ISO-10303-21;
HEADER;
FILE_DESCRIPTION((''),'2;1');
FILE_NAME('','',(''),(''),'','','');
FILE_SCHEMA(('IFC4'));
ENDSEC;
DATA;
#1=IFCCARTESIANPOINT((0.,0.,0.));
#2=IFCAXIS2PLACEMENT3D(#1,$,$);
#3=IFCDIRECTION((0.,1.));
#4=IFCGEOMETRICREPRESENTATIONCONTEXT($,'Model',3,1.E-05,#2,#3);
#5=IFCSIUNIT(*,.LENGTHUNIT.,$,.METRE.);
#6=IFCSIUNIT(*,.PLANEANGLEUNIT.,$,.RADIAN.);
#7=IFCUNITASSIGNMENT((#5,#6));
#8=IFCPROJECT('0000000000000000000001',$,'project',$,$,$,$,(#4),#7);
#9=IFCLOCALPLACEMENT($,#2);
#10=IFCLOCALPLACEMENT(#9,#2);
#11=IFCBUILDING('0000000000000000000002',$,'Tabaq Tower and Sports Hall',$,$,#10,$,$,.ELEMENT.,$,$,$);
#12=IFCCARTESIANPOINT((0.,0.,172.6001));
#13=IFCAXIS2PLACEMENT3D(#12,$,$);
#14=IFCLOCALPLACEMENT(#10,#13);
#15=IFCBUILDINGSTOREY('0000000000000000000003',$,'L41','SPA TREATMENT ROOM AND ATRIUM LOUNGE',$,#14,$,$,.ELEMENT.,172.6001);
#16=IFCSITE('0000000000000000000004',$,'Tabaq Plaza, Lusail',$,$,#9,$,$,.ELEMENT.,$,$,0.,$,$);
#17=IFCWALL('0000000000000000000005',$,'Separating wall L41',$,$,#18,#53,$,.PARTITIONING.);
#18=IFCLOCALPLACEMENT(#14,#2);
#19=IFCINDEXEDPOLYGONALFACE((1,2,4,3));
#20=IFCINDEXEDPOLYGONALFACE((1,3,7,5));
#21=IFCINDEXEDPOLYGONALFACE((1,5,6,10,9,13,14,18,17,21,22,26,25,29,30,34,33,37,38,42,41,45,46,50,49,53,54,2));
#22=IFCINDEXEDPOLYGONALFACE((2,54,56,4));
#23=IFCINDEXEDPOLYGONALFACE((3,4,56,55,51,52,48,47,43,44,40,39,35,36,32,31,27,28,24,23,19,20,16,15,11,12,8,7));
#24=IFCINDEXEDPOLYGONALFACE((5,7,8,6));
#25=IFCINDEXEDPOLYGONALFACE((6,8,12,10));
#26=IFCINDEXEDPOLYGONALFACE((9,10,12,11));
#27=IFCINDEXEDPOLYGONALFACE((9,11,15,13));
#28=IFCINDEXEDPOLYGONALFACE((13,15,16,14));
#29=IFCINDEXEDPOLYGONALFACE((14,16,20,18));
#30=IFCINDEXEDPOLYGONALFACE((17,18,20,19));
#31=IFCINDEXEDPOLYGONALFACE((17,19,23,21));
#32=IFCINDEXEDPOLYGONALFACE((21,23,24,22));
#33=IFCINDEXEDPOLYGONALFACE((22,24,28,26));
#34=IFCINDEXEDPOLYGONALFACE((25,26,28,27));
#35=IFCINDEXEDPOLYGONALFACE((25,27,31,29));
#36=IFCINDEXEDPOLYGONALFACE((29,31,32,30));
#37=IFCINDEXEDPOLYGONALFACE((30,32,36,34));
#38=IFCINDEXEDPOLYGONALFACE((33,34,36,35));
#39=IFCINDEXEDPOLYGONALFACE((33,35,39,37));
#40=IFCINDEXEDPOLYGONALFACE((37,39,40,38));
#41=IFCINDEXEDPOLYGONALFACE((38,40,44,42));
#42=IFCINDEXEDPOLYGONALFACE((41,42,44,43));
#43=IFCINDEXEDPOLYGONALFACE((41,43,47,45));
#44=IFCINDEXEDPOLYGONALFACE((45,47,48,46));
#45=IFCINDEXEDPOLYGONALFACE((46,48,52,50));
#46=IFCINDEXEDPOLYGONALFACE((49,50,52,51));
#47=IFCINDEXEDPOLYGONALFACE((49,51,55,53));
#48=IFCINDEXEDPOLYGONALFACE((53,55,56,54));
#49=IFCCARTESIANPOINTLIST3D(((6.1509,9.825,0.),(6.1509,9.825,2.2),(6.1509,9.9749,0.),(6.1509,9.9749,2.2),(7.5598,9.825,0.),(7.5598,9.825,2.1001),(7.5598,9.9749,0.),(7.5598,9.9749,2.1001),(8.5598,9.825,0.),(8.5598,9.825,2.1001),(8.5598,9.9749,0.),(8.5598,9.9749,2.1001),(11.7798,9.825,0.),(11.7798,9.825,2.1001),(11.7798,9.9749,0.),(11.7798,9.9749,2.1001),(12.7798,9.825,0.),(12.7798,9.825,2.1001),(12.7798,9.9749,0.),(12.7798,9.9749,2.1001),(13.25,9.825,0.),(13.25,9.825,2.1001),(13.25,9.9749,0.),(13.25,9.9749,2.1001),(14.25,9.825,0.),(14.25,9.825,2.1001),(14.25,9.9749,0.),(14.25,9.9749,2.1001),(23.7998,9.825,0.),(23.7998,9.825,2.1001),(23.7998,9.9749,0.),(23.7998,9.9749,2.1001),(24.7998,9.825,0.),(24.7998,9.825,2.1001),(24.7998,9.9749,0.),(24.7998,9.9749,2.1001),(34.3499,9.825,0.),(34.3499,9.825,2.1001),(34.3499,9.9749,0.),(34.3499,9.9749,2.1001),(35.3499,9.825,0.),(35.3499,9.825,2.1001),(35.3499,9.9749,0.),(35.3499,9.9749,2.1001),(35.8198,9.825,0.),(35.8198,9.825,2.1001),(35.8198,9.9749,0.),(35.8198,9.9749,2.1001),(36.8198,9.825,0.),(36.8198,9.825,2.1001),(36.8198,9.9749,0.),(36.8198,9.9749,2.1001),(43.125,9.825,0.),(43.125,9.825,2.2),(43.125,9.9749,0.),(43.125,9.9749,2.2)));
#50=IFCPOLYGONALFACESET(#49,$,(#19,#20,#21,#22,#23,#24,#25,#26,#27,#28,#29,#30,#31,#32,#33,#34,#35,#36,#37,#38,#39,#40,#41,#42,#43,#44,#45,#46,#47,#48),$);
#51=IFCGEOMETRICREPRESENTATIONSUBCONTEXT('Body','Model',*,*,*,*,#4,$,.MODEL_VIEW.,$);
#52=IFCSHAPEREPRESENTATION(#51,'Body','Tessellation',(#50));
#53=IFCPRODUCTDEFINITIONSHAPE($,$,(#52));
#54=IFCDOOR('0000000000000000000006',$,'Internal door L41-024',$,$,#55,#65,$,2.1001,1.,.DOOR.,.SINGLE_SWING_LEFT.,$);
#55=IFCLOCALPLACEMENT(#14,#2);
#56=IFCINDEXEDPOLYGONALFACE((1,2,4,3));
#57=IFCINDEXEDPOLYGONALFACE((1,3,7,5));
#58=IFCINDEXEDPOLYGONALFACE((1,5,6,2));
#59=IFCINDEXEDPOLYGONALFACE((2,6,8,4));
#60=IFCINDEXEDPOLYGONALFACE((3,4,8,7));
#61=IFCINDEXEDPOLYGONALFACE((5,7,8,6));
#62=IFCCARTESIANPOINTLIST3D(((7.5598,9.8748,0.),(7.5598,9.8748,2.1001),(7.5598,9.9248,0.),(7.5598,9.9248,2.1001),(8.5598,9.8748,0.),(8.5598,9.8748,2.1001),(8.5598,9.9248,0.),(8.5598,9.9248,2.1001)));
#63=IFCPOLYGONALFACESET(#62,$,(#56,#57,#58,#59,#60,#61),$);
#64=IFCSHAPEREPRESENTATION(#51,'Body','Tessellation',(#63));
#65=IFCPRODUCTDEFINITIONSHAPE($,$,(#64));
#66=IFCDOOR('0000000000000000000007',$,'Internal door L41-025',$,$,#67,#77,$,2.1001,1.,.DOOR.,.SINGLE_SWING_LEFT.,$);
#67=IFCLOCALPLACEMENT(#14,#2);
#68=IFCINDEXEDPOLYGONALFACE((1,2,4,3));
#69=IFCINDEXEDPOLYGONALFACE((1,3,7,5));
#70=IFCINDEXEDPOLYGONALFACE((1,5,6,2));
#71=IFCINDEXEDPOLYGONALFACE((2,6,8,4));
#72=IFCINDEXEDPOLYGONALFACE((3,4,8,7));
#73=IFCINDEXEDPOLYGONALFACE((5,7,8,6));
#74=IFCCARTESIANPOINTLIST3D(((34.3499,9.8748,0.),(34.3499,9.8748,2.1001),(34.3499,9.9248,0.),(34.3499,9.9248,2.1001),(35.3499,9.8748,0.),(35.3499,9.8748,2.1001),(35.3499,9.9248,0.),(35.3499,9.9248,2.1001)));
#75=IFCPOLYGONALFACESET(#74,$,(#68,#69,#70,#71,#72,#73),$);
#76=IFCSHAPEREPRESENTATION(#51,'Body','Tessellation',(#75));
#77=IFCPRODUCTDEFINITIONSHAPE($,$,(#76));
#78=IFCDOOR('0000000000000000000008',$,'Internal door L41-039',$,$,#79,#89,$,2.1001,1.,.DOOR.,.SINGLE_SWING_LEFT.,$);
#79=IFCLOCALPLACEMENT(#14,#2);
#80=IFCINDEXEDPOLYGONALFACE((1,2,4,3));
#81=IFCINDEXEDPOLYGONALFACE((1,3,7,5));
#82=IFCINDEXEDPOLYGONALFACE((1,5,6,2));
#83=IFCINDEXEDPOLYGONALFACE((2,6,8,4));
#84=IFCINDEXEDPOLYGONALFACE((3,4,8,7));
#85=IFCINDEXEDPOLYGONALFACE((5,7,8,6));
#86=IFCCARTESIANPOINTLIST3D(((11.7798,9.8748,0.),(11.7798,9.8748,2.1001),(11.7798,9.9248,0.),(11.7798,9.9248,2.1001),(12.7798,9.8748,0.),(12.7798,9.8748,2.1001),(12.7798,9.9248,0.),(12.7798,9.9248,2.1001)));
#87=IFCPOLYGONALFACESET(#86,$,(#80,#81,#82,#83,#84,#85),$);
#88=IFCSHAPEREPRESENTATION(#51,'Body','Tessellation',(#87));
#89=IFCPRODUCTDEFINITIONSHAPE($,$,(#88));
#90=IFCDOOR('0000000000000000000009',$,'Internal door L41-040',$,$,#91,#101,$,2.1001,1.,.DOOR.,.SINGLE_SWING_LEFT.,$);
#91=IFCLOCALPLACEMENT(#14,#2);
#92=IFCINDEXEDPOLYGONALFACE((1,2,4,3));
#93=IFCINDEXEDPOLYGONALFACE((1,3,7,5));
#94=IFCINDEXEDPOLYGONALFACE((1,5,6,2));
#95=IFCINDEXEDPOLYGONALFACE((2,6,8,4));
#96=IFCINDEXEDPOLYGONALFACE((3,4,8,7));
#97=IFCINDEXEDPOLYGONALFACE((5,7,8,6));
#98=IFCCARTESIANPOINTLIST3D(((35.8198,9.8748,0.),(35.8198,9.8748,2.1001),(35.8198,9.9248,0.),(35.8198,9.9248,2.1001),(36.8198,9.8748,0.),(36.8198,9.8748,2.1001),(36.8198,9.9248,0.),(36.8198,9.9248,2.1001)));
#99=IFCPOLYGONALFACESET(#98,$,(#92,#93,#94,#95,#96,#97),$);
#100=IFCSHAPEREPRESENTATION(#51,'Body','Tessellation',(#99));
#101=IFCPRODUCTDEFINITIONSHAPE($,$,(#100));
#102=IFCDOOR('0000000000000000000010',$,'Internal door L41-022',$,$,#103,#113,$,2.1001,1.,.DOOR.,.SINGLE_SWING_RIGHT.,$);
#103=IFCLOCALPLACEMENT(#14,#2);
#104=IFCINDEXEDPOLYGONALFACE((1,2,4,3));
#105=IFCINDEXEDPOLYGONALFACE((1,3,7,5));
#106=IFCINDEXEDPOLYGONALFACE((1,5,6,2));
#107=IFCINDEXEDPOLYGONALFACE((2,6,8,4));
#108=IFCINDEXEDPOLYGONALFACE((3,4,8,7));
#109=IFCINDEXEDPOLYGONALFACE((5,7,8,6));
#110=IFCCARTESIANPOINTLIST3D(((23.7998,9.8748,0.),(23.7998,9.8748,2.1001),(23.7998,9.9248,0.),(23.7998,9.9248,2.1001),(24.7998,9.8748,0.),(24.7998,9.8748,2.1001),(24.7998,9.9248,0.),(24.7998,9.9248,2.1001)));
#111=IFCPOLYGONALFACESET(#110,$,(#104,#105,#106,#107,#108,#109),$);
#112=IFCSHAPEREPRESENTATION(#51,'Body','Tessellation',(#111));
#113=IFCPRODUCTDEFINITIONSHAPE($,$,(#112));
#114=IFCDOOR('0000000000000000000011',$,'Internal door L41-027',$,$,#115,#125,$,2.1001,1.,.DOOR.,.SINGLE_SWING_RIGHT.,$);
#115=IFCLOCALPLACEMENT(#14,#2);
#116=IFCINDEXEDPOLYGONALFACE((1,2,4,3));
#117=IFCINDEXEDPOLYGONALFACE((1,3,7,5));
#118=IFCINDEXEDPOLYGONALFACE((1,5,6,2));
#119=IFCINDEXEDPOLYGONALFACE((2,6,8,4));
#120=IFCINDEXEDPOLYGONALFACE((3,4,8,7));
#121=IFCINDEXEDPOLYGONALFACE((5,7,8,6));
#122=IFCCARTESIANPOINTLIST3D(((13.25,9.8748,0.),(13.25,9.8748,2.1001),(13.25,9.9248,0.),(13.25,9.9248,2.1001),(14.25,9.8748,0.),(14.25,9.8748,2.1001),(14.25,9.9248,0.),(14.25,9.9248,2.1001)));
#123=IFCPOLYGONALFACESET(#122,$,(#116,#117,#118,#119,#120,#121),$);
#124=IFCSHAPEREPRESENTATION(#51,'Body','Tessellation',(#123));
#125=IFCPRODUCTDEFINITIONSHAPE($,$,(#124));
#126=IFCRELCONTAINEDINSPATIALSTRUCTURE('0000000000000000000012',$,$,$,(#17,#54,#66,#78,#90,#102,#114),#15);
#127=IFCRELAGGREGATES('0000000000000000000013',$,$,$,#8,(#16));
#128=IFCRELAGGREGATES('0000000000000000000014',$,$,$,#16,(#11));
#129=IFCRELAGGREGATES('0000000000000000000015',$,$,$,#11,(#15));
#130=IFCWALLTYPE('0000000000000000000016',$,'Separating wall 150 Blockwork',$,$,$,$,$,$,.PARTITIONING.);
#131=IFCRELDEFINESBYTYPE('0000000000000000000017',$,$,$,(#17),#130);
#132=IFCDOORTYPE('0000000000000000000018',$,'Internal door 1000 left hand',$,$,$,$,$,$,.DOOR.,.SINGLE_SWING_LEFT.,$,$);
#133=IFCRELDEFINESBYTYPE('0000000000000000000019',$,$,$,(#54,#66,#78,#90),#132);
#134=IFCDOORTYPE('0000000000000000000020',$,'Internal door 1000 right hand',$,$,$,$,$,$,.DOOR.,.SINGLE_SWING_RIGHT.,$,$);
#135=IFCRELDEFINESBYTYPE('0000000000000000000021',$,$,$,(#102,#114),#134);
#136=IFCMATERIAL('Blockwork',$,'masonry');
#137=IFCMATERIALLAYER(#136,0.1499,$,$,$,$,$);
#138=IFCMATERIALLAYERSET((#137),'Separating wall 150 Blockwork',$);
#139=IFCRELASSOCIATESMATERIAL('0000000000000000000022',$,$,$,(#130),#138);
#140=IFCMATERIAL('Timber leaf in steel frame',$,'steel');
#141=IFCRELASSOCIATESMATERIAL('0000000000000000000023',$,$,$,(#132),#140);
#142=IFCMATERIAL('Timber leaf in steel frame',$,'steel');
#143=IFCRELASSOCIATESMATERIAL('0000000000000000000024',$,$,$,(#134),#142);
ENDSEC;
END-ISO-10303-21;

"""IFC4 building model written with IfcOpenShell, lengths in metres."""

from ifc_helpers import new_model, si_unit, direction, frame, frame_2d, origin, place, context, subcontext, project, spatial, rectangle, extrude, material, layer, layer_set, type_object, element, fill, save


model = new_model("IFC4")

# Units and contexts
model_context = context("Model", 3, precision=1e-05, world=origin(), true_north=direction((0.0, 1.0)))
body_context = subcontext(model_context, "Body", "Model", "MODEL_VIEW")
ifc_project = project(units=[si_unit("LENGTHUNIT", "METRE"), si_unit("PLANEANGLEUNIT", "RADIAN")], contexts=[model_context])

# Site, building, storey
site_placement = place(None, origin())
site = spatial("IfcSite", under=ifc_project, at=site_placement, Name="Tabaq Plaza, Lusail", CompositionType="ELEMENT", RefElevation=0.0)
building_placement = place(site_placement, origin())
building = spatial("IfcBuilding", under=site, at=building_placement, Name="Tabaq Tower and Sports Hall", CompositionType="ELEMENT")
storey_placement = place(building_placement, frame((0.0, 0.0, 172.6001)))
storey = spatial("IfcBuildingStorey", under=building, at=storey_placement, Name="L41", Description="SPA TREATMENT ROOM AND ATRIUM LOUNGE", CompositionType="ELEMENT", Elevation=172.6001)

# Wall, openings, doors
ifc_material_1 = material(Name="Blockwork", Category="masonry")
ifc_layer_1 = layer(ifc_material_1, 0.1499)
ifc_layer_set_1 = layer_set([ifc_layer_1], Name="Separating wall 150 Blockwork")
wall_type_1 = type_object("IfcWallType", Name="Separating wall 150 Blockwork", PredefinedType="PARTITIONING", material=ifc_layer_set_1)
wall_1_placement = place(storey_placement, frame((6.1509, 9.8999, 0.0), z_axis=(0.0, 0.0, 1.0), x_axis=(1.0, 0.0, 0.0)))
wall_1 = element("IfcWall", 1, at=wall_1_placement, inside=storey, type_object=wall_type_1, Name="Separating wall L41", PredefinedType="PARTITIONING", context=body_context, shape_type="SweptSolid", body=[
    extrude(rectangle(XDim=36.9741, YDim=0.1499, at=frame_2d((18.4871, 0.0))), origin(), (0.0, 0.0, 1.0), 2.2),
])
opening_1_placement = place(wall_1_placement, frame((17.6489, 0.0, 0.0)))
opening_1 = element("IfcOpeningElement", 2, at=opening_1_placement, cuts=wall_1, PredefinedType="OPENING", context=body_context, shape_type="SweptSolid", body=[
    extrude(rectangle(XDim=1.0, YDim=2.1001, at=frame_2d((0.5, 1.05))), frame((0.0, 0.075, 0.0), z_axis=(0.0, -1.0, 0.0), x_axis=(1.0, 0.0, 0.0)), (0.0, 0.0, 1.0), 0.1499),
])
opening_2_placement = place(wall_1_placement, frame((1.4089, 0.0, 0.0)))
opening_2 = element("IfcOpeningElement", 3, at=opening_2_placement, cuts=wall_1, PredefinedType="OPENING", context=body_context, shape_type="SweptSolid", body=[
    extrude(rectangle(XDim=1.0, YDim=2.1001, at=frame_2d((0.5, 1.05))), frame((0.0, 0.075, 0.0), z_axis=(0.0, -1.0, 0.0), x_axis=(1.0, 0.0, 0.0)), (0.0, 0.0, 1.0), 0.1499),
])
opening_3_placement = place(wall_1_placement, frame((28.199, 0.0, 0.0)))
opening_3 = element("IfcOpeningElement", 4, at=opening_3_placement, cuts=wall_1, PredefinedType="OPENING", context=body_context, shape_type="SweptSolid", body=[
    extrude(rectangle(XDim=1.0, YDim=2.1001, at=frame_2d((0.5, 1.05))), frame((0.0, 0.075, 0.0), z_axis=(0.0, -1.0, 0.0), x_axis=(1.0, 0.0, 0.0)), (0.0, 0.0, 1.0), 0.1499),
])
opening_4_placement = place(wall_1_placement, frame((7.0991, 0.0, 0.0)))
opening_4 = element("IfcOpeningElement", 5, at=opening_4_placement, cuts=wall_1, PredefinedType="OPENING", context=body_context, shape_type="SweptSolid", body=[
    extrude(rectangle(XDim=1.0, YDim=2.1001, at=frame_2d((0.5, 1.05))), frame((0.0, 0.075, 0.0), z_axis=(0.0, -1.0, 0.0), x_axis=(1.0, 0.0, 0.0)), (0.0, 0.0, 1.0), 0.1499),
])
opening_5_placement = place(wall_1_placement, frame((5.6289, 0.0, 0.0)))
opening_5 = element("IfcOpeningElement", 6, at=opening_5_placement, cuts=wall_1, PredefinedType="OPENING", context=body_context, shape_type="SweptSolid", body=[
    extrude(rectangle(XDim=1.0, YDim=2.1001, at=frame_2d((0.5, 1.05))), frame((0.0, 0.075, 0.0), z_axis=(0.0, -1.0, 0.0), x_axis=(1.0, 0.0, 0.0)), (0.0, 0.0, 1.0), 0.1499),
])
opening_6_placement = place(wall_1_placement, frame((29.6689, 0.0, 0.0)))
opening_6 = element("IfcOpeningElement", 7, at=opening_6_placement, cuts=wall_1, PredefinedType="OPENING", context=body_context, shape_type="SweptSolid", body=[
    extrude(rectangle(XDim=1.0, YDim=2.1001, at=frame_2d((0.5, 1.05))), frame((0.0, 0.075, 0.0), z_axis=(0.0, -1.0, 0.0), x_axis=(1.0, 0.0, 0.0)), (0.0, 0.0, 1.0), 0.1499),
])
ifc_material_2 = material(Name="Timber leaf in steel frame", Category="steel")
door_type_1 = type_object("IfcDoorType", Name="Internal door 1000 left hand", OperationType="SINGLE_SWING_LEFT", PredefinedType="DOOR", material=ifc_material_2)
door_1_placement = place(opening_2_placement, origin())
door_1 = element("IfcDoor", 8, at=door_1_placement, inside=storey, type_object=door_type_1, Name="Internal door L41-024", OperationType="SINGLE_SWING_LEFT", OverallHeight=2.1001, OverallWidth=1.0, PredefinedType="DOOR", context=body_context, shape_type="SweptSolid", body=[
    extrude(rectangle(XDim=1.0, YDim=2.1001, at=frame_2d((0.5, 1.05))), frame((0.0, 0.0249, 0.0), z_axis=(0.0, -1.0, 0.0), x_axis=(1.0, 0.0, 0.0)), (0.0, 0.0, 1.0), 0.05),
])
fill(opening_2, door_1)
door_2_placement = place(opening_3_placement, origin())
door_2 = element("IfcDoor", 9, at=door_2_placement, inside=storey, type_object=door_type_1, Name="Internal door L41-025", OperationType="SINGLE_SWING_LEFT", OverallHeight=2.1001, OverallWidth=1.0, PredefinedType="DOOR", context=body_context, shape_type="SweptSolid", body=[
    extrude(rectangle(XDim=1.0, YDim=2.1001, at=frame_2d((0.5, 1.05))), frame((0.0, 0.0249, 0.0), z_axis=(0.0, -1.0, 0.0), x_axis=(1.0, 0.0, 0.0)), (0.0, 0.0, 1.0), 0.05),
])
fill(opening_3, door_2)
door_3_placement = place(opening_5_placement, origin())
door_3 = element("IfcDoor", 10, at=door_3_placement, inside=storey, type_object=door_type_1, Name="Internal door L41-039", OperationType="SINGLE_SWING_LEFT", OverallHeight=2.1001, OverallWidth=1.0, PredefinedType="DOOR", context=body_context, shape_type="SweptSolid", body=[
    extrude(rectangle(XDim=1.0, YDim=2.1001, at=frame_2d((0.5, 1.05))), frame((0.0, 0.0249, 0.0), z_axis=(0.0, -1.0, 0.0), x_axis=(1.0, 0.0, 0.0)), (0.0, 0.0, 1.0), 0.05),
])
fill(opening_5, door_3)
door_4_placement = place(opening_6_placement, origin())
door_4 = element("IfcDoor", 11, at=door_4_placement, inside=storey, type_object=door_type_1, Name="Internal door L41-040", OperationType="SINGLE_SWING_LEFT", OverallHeight=2.1001, OverallWidth=1.0, PredefinedType="DOOR", context=body_context, shape_type="SweptSolid", body=[
    extrude(rectangle(XDim=1.0, YDim=2.1001, at=frame_2d((0.5, 1.05))), frame((0.0, 0.0249, 0.0), z_axis=(0.0, -1.0, 0.0), x_axis=(1.0, 0.0, 0.0)), (0.0, 0.0, 1.0), 0.05),
])
fill(opening_6, door_4)
ifc_material_3 = material(Name="Timber leaf in steel frame", Category="steel")
door_type_2 = type_object("IfcDoorType", Name="Internal door 1000 right hand", OperationType="SINGLE_SWING_RIGHT", PredefinedType="DOOR", material=ifc_material_3)
door_5_placement = place(opening_1_placement, origin())
door_5 = element("IfcDoor", 12, at=door_5_placement, inside=storey, type_object=door_type_2, Name="Internal door L41-022", OperationType="SINGLE_SWING_RIGHT", OverallHeight=2.1001, OverallWidth=1.0, PredefinedType="DOOR", context=body_context, shape_type="SweptSolid", body=[
    extrude(rectangle(XDim=1.0, YDim=2.1001, at=frame_2d((0.5, 1.05))), frame((0.0, 0.0249, 0.0), z_axis=(0.0, -1.0, 0.0), x_axis=(1.0, 0.0, 0.0)), (0.0, 0.0, 1.0), 0.05),
])
fill(opening_1, door_5)
door_6_placement = place(opening_4_placement, origin())
door_6 = element("IfcDoor", 13, at=door_6_placement, inside=storey, type_object=door_type_2, Name="Internal door L41-027", OperationType="SINGLE_SWING_RIGHT", OverallHeight=2.1001, OverallWidth=1.0, PredefinedType="DOOR", context=body_context, shape_type="SweptSolid", body=[
    extrude(rectangle(XDim=1.0, YDim=2.1001, at=frame_2d((0.5, 1.05))), frame((0.0, 0.0249, 0.0), z_axis=(0.0, -1.0, 0.0), x_axis=(1.0, 0.0, 0.0)), (0.0, 0.0, 1.0), 0.05),
])
fill(opening_4, door_6)

save(model, "model.ifc")
